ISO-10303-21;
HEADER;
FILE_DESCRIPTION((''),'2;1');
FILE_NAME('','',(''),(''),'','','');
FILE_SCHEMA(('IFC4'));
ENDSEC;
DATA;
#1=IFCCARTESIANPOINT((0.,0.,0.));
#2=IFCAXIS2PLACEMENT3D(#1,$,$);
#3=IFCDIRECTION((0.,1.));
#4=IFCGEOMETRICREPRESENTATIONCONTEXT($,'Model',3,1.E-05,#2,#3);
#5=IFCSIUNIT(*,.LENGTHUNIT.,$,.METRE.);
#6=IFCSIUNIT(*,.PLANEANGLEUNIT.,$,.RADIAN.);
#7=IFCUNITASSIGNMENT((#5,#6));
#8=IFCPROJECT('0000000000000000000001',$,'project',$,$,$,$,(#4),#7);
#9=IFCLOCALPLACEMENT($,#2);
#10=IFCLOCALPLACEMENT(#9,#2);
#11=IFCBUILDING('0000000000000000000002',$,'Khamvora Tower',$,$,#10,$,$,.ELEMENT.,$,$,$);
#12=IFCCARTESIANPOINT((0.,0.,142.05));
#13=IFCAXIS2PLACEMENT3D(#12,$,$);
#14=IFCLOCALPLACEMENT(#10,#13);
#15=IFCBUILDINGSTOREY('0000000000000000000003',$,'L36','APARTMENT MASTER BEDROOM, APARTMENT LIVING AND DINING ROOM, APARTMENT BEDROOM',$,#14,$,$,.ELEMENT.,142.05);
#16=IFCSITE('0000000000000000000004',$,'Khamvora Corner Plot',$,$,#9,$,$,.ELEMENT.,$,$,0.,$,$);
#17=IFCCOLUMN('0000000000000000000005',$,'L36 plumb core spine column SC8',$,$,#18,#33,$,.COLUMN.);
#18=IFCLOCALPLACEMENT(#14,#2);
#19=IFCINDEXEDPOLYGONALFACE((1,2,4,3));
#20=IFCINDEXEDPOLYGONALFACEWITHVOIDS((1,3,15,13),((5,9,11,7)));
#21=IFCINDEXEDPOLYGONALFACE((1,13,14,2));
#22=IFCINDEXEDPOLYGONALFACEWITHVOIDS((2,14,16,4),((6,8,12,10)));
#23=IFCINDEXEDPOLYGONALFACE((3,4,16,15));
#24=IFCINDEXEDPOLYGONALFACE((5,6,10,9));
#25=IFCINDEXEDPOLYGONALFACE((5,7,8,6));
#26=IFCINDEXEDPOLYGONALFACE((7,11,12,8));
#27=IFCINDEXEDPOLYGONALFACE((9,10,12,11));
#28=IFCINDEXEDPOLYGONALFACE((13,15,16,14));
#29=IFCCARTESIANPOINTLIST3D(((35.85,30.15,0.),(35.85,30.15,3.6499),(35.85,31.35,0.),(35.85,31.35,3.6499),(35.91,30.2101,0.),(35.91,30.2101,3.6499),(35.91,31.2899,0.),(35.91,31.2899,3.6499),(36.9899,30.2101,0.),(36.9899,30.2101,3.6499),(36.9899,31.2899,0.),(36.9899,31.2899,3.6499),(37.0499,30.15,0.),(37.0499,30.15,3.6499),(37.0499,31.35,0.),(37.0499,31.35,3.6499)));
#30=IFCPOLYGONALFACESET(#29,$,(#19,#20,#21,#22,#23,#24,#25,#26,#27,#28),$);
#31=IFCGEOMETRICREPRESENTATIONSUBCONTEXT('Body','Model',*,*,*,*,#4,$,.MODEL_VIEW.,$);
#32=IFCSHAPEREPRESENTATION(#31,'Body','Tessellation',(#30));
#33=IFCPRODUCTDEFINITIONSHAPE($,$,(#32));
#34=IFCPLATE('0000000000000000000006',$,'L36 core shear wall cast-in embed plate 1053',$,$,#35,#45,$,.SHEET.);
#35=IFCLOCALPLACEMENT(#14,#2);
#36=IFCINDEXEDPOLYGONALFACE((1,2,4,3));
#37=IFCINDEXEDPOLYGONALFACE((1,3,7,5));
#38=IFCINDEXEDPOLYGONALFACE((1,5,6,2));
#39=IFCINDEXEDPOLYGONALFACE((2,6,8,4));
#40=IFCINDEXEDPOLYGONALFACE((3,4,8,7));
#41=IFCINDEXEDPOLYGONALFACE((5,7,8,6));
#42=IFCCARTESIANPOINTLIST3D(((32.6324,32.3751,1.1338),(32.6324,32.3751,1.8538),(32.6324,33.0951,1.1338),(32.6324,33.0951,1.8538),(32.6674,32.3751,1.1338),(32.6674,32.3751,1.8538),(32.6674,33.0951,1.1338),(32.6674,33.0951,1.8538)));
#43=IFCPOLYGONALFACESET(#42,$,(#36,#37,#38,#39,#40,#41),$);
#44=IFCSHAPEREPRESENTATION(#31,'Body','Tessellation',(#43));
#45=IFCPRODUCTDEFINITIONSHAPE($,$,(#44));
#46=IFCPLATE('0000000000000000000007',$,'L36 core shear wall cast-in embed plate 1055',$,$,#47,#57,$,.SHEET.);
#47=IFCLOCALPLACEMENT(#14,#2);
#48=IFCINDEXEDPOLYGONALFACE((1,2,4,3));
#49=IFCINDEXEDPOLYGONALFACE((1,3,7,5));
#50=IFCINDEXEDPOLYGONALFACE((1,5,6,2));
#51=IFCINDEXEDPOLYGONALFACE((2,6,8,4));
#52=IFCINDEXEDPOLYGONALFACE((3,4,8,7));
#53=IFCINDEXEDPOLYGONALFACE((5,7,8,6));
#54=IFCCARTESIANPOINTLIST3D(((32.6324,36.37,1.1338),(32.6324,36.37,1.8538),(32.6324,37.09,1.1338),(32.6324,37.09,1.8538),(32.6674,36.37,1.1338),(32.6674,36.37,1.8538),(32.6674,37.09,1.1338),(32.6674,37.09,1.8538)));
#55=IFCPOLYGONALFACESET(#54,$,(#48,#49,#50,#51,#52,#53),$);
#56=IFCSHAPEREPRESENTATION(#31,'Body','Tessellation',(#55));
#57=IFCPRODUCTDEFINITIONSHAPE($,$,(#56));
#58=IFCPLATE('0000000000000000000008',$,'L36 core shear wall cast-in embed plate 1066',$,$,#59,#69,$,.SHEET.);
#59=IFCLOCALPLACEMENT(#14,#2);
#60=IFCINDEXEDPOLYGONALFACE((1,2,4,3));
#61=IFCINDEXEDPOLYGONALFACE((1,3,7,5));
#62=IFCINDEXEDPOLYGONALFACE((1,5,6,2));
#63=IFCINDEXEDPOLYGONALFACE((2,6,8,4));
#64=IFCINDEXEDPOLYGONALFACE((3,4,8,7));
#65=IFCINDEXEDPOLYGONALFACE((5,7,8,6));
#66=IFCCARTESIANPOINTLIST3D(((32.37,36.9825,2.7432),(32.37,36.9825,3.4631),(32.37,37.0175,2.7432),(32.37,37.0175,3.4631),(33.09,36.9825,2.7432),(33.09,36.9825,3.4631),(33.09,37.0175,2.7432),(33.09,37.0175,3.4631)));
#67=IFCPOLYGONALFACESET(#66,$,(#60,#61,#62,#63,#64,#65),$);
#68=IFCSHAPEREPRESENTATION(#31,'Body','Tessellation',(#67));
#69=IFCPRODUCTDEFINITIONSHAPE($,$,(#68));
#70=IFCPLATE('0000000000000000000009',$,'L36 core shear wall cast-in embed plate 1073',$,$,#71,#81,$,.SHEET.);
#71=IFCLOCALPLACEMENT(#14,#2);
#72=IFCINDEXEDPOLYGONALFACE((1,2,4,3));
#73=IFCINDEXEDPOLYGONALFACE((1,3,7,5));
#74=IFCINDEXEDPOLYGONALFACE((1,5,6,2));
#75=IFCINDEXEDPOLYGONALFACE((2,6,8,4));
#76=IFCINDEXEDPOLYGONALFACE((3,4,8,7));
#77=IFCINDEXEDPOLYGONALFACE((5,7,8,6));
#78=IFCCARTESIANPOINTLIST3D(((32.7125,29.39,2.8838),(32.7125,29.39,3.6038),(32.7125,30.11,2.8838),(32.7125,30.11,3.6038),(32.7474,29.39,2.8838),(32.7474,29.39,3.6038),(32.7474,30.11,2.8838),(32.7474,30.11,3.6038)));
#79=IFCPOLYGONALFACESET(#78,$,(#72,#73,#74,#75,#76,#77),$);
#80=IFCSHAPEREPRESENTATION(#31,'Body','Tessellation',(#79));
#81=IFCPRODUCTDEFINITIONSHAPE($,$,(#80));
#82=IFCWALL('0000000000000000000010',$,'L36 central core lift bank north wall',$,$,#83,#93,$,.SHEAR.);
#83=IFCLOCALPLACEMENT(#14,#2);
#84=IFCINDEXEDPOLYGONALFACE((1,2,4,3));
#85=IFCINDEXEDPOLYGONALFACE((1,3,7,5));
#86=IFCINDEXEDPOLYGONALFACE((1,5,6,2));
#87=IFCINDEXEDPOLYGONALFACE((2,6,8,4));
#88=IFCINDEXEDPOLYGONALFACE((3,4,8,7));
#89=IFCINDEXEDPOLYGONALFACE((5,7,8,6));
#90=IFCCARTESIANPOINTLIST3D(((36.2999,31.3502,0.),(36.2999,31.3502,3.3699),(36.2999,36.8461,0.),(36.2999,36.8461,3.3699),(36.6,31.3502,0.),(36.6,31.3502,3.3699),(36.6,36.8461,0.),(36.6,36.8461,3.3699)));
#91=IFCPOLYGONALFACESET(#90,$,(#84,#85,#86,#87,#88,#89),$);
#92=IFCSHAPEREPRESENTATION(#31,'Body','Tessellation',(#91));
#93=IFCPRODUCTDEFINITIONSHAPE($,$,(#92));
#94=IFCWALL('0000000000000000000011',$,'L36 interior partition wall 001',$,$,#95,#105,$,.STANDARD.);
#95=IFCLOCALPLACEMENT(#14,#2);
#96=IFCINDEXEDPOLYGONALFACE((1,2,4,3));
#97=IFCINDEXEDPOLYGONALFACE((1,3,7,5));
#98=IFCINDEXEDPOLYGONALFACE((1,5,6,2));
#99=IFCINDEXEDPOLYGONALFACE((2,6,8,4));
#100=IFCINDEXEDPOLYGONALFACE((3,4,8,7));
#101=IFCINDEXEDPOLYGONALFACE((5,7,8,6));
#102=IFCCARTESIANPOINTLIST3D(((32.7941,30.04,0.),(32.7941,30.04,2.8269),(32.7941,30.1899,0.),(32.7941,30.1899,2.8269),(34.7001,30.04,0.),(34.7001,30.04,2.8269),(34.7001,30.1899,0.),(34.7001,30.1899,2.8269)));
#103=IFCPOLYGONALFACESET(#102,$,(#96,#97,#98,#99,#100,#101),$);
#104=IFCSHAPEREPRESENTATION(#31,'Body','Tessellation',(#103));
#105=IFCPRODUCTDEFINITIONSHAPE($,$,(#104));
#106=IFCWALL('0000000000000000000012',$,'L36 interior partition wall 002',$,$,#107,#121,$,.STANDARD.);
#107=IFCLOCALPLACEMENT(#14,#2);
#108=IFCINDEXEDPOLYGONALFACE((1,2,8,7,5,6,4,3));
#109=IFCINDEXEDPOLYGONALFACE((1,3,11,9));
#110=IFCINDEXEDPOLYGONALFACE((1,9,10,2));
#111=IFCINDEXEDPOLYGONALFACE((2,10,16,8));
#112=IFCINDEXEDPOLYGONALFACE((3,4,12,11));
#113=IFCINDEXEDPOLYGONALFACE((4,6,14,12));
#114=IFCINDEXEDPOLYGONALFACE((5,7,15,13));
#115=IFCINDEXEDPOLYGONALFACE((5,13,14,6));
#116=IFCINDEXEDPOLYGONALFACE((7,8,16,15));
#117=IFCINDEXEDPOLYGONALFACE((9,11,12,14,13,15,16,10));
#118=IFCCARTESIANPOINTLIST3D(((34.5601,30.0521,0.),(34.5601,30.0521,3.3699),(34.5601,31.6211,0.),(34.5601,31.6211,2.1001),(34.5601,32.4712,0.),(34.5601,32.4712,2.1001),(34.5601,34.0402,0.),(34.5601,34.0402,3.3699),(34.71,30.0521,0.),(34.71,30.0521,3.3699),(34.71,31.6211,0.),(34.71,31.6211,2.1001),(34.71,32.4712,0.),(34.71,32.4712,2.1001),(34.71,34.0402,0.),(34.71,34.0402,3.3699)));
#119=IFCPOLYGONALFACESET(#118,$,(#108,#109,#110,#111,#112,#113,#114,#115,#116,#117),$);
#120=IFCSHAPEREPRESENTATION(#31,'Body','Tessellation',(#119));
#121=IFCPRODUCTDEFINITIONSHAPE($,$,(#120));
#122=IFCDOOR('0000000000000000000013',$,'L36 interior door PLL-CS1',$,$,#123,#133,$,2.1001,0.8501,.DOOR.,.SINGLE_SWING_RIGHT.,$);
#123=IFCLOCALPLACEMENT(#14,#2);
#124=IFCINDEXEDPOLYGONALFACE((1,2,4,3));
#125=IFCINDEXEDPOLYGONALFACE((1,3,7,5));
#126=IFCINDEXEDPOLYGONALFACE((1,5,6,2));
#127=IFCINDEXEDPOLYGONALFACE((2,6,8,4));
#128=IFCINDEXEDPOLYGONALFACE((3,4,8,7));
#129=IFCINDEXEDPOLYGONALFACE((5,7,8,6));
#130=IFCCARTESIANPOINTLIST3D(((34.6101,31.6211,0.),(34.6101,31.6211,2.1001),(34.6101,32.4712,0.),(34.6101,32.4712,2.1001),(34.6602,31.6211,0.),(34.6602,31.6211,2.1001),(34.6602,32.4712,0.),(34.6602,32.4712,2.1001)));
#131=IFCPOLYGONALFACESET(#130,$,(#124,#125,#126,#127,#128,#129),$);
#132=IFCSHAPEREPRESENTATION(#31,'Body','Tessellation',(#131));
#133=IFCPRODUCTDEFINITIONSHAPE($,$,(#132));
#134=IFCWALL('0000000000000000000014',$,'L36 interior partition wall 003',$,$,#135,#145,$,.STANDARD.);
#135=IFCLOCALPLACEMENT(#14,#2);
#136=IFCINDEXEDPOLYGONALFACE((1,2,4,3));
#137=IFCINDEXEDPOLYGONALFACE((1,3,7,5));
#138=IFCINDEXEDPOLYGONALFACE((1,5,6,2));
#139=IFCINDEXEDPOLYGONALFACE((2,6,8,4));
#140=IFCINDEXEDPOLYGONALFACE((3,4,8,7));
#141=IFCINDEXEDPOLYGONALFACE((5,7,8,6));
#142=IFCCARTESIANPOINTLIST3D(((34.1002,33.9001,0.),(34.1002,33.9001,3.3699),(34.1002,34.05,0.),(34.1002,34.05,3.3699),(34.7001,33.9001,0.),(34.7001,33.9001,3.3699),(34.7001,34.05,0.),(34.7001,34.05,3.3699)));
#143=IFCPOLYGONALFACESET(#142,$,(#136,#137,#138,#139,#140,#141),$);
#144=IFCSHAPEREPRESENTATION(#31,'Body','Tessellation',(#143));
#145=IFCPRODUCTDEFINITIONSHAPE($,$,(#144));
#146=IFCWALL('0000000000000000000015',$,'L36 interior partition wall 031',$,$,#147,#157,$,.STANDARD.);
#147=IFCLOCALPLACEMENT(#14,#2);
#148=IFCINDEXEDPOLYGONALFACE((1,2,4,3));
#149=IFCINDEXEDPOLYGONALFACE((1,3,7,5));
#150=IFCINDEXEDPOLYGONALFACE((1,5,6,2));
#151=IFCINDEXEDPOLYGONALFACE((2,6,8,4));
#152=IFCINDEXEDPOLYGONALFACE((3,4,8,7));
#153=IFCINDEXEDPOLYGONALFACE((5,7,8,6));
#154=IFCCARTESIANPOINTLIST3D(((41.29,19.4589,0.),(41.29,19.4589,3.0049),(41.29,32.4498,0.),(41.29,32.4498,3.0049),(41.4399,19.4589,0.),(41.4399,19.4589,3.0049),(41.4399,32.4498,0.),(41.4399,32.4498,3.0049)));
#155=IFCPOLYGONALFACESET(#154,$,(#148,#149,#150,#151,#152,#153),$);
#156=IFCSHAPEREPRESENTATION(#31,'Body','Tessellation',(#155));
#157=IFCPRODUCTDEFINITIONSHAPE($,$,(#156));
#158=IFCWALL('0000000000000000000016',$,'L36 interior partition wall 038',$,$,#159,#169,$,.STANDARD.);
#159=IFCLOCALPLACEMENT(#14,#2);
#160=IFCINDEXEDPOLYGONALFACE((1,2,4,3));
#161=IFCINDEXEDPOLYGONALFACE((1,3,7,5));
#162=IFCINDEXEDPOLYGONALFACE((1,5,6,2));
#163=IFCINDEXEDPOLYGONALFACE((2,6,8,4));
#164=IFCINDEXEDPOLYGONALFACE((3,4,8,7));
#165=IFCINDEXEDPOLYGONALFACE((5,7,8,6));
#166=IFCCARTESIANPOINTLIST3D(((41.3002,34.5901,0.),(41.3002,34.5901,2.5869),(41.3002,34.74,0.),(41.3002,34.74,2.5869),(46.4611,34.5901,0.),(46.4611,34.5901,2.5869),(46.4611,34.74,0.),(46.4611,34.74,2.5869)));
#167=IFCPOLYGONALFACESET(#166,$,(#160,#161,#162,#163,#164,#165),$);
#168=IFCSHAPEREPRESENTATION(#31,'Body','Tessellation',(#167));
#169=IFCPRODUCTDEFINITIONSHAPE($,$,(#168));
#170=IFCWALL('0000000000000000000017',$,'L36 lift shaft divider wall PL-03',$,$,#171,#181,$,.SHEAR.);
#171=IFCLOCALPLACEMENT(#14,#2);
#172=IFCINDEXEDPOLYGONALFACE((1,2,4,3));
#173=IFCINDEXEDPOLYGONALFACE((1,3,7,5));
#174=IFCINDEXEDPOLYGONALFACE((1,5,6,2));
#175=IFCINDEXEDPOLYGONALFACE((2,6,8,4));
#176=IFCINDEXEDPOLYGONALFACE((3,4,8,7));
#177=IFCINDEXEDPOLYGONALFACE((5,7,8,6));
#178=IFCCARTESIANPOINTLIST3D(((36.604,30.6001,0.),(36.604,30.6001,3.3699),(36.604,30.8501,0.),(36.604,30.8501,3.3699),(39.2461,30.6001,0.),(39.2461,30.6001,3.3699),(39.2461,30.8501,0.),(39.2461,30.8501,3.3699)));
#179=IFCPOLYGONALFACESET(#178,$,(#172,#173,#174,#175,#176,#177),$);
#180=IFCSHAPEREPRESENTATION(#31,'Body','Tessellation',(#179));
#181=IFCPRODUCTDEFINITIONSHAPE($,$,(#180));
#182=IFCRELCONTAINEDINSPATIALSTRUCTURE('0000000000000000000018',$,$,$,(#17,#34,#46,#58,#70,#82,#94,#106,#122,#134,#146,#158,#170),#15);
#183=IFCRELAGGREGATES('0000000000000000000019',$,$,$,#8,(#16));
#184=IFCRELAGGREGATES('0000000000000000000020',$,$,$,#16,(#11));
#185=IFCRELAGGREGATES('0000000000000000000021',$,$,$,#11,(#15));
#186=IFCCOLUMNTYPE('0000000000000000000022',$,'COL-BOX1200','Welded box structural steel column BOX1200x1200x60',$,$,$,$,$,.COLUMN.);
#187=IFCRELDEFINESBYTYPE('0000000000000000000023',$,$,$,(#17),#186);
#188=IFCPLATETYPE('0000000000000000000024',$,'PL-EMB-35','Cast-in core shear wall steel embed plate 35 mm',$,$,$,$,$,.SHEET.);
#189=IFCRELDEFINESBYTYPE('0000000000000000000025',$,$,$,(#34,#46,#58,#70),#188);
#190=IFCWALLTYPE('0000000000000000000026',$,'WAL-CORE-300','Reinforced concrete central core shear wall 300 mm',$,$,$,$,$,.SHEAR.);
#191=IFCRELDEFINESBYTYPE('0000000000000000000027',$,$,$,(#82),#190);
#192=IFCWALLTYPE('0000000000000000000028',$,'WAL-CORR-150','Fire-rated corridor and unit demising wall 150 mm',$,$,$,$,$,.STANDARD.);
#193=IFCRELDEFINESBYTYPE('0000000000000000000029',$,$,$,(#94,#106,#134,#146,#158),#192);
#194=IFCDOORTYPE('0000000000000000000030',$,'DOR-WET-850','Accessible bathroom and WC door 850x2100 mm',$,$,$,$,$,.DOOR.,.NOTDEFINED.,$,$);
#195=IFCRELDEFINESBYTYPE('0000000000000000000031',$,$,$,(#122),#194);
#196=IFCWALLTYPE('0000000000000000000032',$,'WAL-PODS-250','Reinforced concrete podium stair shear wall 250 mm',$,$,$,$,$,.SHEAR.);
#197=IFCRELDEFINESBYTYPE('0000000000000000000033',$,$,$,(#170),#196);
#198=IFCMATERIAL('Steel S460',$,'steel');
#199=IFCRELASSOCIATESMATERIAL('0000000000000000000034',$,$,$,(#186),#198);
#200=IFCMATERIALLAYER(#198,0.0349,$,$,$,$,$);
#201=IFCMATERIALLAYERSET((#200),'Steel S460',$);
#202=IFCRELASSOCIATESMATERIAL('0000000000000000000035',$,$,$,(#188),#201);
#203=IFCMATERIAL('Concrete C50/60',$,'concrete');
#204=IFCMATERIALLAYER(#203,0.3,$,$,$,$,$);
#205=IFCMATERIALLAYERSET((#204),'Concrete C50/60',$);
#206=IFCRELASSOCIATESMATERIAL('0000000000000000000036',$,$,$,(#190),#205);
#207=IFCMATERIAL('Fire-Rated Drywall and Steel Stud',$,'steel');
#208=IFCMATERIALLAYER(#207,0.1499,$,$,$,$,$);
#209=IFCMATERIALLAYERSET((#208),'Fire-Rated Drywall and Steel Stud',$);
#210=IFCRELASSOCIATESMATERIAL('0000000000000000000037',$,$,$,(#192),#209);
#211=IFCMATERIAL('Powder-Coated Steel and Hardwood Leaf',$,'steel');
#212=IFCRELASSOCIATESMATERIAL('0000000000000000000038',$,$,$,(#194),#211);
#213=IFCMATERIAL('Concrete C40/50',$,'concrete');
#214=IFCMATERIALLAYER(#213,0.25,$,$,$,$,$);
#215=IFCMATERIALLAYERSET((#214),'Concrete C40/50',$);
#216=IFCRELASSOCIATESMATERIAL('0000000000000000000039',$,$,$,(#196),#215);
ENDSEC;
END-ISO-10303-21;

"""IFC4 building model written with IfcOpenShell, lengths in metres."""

from ifc_helpers import new_model, si_unit, direction, frame, frame_2d, origin, origin_2d, place, context, subcontext, project, spatial, rectangle, hollow_rectangle, extrude, material, layer, layer_set, material_profile, profile_set, type_object, element, fill, save


model = new_model("IFC4")

# Units and contexts
model_context = context("Model", 3, precision=1e-05, world=origin(), true_north=direction((0.0, 1.0)))
body_context = subcontext(model_context, "Body", "Model", "MODEL_VIEW")
ifc_project = project(units=[si_unit("LENGTHUNIT", "METRE"), si_unit("PLANEANGLEUNIT", "RADIAN")], contexts=[model_context])

# Site, building, storey
site_placement = place(None, origin())
site = spatial("IfcSite", under=ifc_project, at=site_placement, Name="Khamvora Corner Plot", CompositionType="ELEMENT", RefElevation=0.0)
building_placement = place(site_placement, origin())
building = spatial("IfcBuilding", under=site, at=building_placement, Name="Khamvora Tower", CompositionType="ELEMENT")
storey_placement = place(building_placement, frame((0.0, 0.0, 142.05)))
storey = spatial("IfcBuildingStorey", under=building, at=storey_placement, Name="L36", Description="APARTMENT MASTER BEDROOM, APARTMENT LIVING AND DINING ROOM, APARTMENT BEDROOM", CompositionType="ELEMENT", Elevation=142.05)

# Column
ifc_material_1 = material(Name="Steel S460", Category="steel")
ifc_material_profile = material_profile(ifc_material_1, hollow_rectangle(XDim=1.2, YDim=1.2, WallThickness=0.0601, at=origin_2d()), Name="BOX1200x1200x60")
ifc_profile_set = profile_set([ifc_material_profile], Name="Steel S460")
column_type = type_object("IfcColumnType", Name="COL-BOX1200", Description="Welded box structural steel column BOX1200x1200x60", PredefinedType="COLUMN", material=ifc_profile_set)
column_placement = place(storey_placement, frame((36.45, 30.75, 0.0), z_axis=(0.0, 0.0, 1.0), x_axis=(1.0, 0.0, 0.0)))
element("IfcColumn", 1, at=column_placement, inside=storey, type_object=column_type, Name="L36 plumb core spine column SC8", PredefinedType="COLUMN", context=body_context, shape_type="SweptSolid", body=[
    extrude(hollow_rectangle(XDim=1.2, YDim=1.2, WallThickness=0.0601, at=origin_2d()), origin(), (0.0, 0.0, 1.0), 3.6499),
])

# Plates
ifc_layer_1 = layer(ifc_material_1, 0.0349)
ifc_layer_set_1 = layer_set([ifc_layer_1], Name="Steel S460")
plate_type = type_object("IfcPlateType", Name="PL-EMB-35", Description="Cast-in core shear wall steel embed plate 35 mm", PredefinedType="SHEET", material=ifc_layer_set_1)
for number, where, z_axis, x_axis, name in (
    (2, (32.6499, 32.7351, 1.1338), (0.0, 0.0, 1.0), (1.0, 0.0, 0.0), "L36 core shear wall cast-in embed plate 1053"),
    (3, (32.6499, 36.73, 1.1338), (0.0, 0.0, 1.0), (1.0, 0.0, 0.0), "L36 core shear wall cast-in embed plate 1055"),
):
    element("IfcPlate", number, at=place(storey_placement, frame(where, z_axis=z_axis, x_axis=x_axis)), inside=storey, type_object=plate_type, Name=name, PredefinedType="SHEET", context=body_context, shape_type="SweptSolid", body=[
        extrude(rectangle(XDim=0.0349, YDim=0.72, at=origin_2d()), origin(), (0.0, 0.0, 1.0), 0.72),
    ])
plate_1_placement = place(storey_placement, frame((32.73, 37.0, 2.7432), z_axis=(0.0, 0.0, 1.0), x_axis=(1.0, 0.0, 0.0)))
element("IfcPlate", 4, at=plate_1_placement, inside=storey, type_object=plate_type, Name="L36 core shear wall cast-in embed plate 1066", PredefinedType="SHEET", context=body_context, shape_type="SweptSolid", body=[
    extrude(rectangle(XDim=0.72, YDim=0.0349, at=origin_2d()), origin(), (0.0, 0.0, 1.0), 0.72),
])
plate_2_placement = place(storey_placement, frame((32.73, 29.75, 2.8838), z_axis=(0.0, 0.0, 1.0), x_axis=(1.0, 0.0, 0.0)))
element("IfcPlate", 5, at=plate_2_placement, inside=storey, type_object=plate_type, Name="L36 core shear wall cast-in embed plate 1073", PredefinedType="SHEET", context=body_context, shape_type="SweptSolid", body=[
    extrude(rectangle(XDim=0.0349, YDim=0.72, at=origin_2d()), origin(), (0.0, 0.0, 1.0), 0.72),
])

# Walls
ifc_material_2 = material(Name="Concrete C50/60", Category="concrete")
ifc_layer_2 = layer(ifc_material_2, 0.3)
ifc_layer_set_2 = layer_set([ifc_layer_2], Name="Concrete C50/60")
wall_type_1 = type_object("IfcWallType", Name="WAL-CORE-300", Description="Reinforced concrete central core shear wall 300 mm", PredefinedType="SHEAR", material=ifc_layer_set_2)
wall_1_placement = place(storey_placement, frame((36.45, 31.3501, 0.0), z_axis=(0.0, 0.0, 1.0), x_axis=(0.0, 1.0, 0.0)))
element("IfcWall", 6, at=wall_1_placement, inside=storey, type_object=wall_type_1, Name="L36 central core lift bank north wall", PredefinedType="SHEAR", context=body_context, shape_type="SweptSolid", body=[
    extrude(rectangle(XDim=5.4958, YDim=0.3, at=frame_2d((2.748, 0.0))), origin(), (0.0, 0.0, 1.0), 3.3699),
])
ifc_material_3 = material(Name="Fire-Rated Drywall and Steel Stud", Category="steel")
ifc_layer_3 = layer(ifc_material_3, 0.1499)
ifc_layer_set_3 = layer_set([ifc_layer_3], Name="Fire-Rated Drywall and Steel Stud")
wall_type_2 = type_object("IfcWallType", Name="WAL-CORR-150", Description="Fire-rated corridor and unit demising wall 150 mm", PredefinedType="STANDARD", material=ifc_layer_set_3)
wall_2_placement = place(storey_placement, frame((32.7939, 30.115, 0.0), z_axis=(0.0, 0.0, 1.0), x_axis=(1.0, 0.0, 0.0)))
element("IfcWall", 7, at=wall_2_placement, inside=storey, type_object=wall_type_2, Name="L36 interior partition wall 001", PredefinedType="STANDARD", context=body_context, shape_type="SweptSolid", body=[
    extrude(rectangle(XDim=1.906, YDim=0.1499, at=frame_2d((0.9531, 0.0))), origin(), (0.0, 0.0, 1.0), 2.8269),
])

# Wall, opening, door
wall_3_placement = place(storey_placement, frame((34.635, 30.052, 0.0), z_axis=(0.0, 0.0, 1.0), x_axis=(0.0, 1.0, 0.0)))
wall_3 = element("IfcWall", 8, at=wall_3_placement, inside=storey, type_object=wall_type_2, Name="L36 interior partition wall 002", PredefinedType="STANDARD", context=body_context, shape_type="SweptSolid", body=[
    extrude(rectangle(XDim=3.988, YDim=0.1499, at=frame_2d((1.9941, 0.0))), origin(), (0.0, 0.0, 1.0), 3.3699),
])
opening_placement = place(wall_3_placement, frame((1.5691, 0.0, 0.0)))
opening = element("IfcOpeningElement", 9, at=opening_placement, cuts=wall_3, PredefinedType="OPENING", context=body_context, shape_type="SweptSolid", body=[
    extrude(rectangle(XDim=0.8501, YDim=2.1001, at=frame_2d((0.425, 1.05))), frame((0.0, 0.085, 0.0), z_axis=(0.0, -1.0, 0.0), x_axis=(1.0, 0.0, 0.0)), (0.0, 0.0, 1.0), 0.1699),
])
ifc_material_4 = material(Name="Powder-Coated Steel and Hardwood Leaf", Category="steel")
door_type = type_object("IfcDoorType", Name="DOR-WET-850", Description="Accessible bathroom and WC door 850x2100 mm", OperationType="NOTDEFINED", PredefinedType="DOOR", material=ifc_material_4)
door_placement = place(opening_placement, origin())
door = element("IfcDoor", 10, at=door_placement, inside=storey, type_object=door_type, Name="L36 interior door PLL-CS1", OperationType="SINGLE_SWING_RIGHT", OverallHeight=2.1001, OverallWidth=0.8501, PredefinedType="DOOR", context=body_context, shape_type="SweptSolid", body=[
    extrude(rectangle(XDim=0.8501, YDim=2.1001, at=frame_2d((0.425, 1.05))), frame((0.0, 0.0249, 0.0), z_axis=(0.0, -1.0, 0.0), x_axis=(1.0, 0.0, 0.0)), (0.0, 0.0, 1.0), 0.05),
])
fill(opening, door)

# Walls
wall_4_placement = place(storey_placement, frame((34.7, 33.9751, 0.0), z_axis=(0.0, 0.0, 1.0), x_axis=(-1.0, 0.0, 0.0)))
element("IfcWall", 11, at=wall_4_placement, inside=storey, type_object=wall_type_2, Name="L36 interior partition wall 003", PredefinedType="STANDARD", context=body_context, shape_type="SweptSolid", body=[
    extrude(rectangle(XDim=0.5999, YDim=0.1499, at=frame_2d((0.2998, 0.0))), origin(), (0.0, 0.0, 1.0), 3.3699),
])
wall_5_placement = place(storey_placement, frame((41.365, 32.45, 0.0), z_axis=(0.0, 0.0, 1.0), x_axis=(0.0, -1.0, 0.0)))
element("IfcWall", 12, at=wall_5_placement, inside=storey, type_object=wall_type_2, Name="L36 interior partition wall 031", PredefinedType="STANDARD", context=body_context, shape_type="SweptSolid", body=[
    extrude(rectangle(XDim=12.991, YDim=0.1499, at=frame_2d((6.4956, 0.0))), origin(), (0.0, 0.0, 1.0), 3.0049),
])
wall_6_placement = place(storey_placement, frame((41.3, 34.665, 0.0), z_axis=(0.0, 0.0, 1.0), x_axis=(1.0, 0.0, 0.0)))
element("IfcWall", 13, at=wall_6_placement, inside=storey, type_object=wall_type_2, Name="L36 interior partition wall 038", PredefinedType="STANDARD", context=body_context, shape_type="SweptSolid", body=[
    extrude(rectangle(XDim=5.1609, YDim=0.1499, at=frame_2d((2.5806, 0.0))), origin(), (0.0, 0.0, 1.0), 2.5869),
])
ifc_material_5 = material(Name="Concrete C40/50", Category="concrete")
ifc_layer_4 = layer(ifc_material_5, 0.25)
ifc_layer_set_4 = layer_set([ifc_layer_4], Name="Concrete C40/50")
wall_type_3 = type_object("IfcWallType", Name="WAL-PODS-250", Description="Reinforced concrete podium stair shear wall 250 mm", PredefinedType="SHEAR", material=ifc_layer_set_4)
for number, where, z_axis, x_axis, name in (
    (14, (36.604, 30.7251, 0.0), (0.0, 0.0, 1.0), (1.0, 0.0, 0.0), "L36 lift shaft divider wall PL-03"),
):
    element("IfcWall", number, at=place(storey_placement, frame(where, z_axis=z_axis, x_axis=x_axis)), inside=storey, type_object=wall_type_3, Name=name, PredefinedType="SHEAR", context=body_context, shape_type="SweptSolid", body=[
        extrude(rectangle(XDim=2.6421, YDim=0.25, at=frame_2d((1.321, 0.0))), origin(), (0.0, 0.0, 1.0), 3.3699),
    ])

save(model, "model.ifc")
